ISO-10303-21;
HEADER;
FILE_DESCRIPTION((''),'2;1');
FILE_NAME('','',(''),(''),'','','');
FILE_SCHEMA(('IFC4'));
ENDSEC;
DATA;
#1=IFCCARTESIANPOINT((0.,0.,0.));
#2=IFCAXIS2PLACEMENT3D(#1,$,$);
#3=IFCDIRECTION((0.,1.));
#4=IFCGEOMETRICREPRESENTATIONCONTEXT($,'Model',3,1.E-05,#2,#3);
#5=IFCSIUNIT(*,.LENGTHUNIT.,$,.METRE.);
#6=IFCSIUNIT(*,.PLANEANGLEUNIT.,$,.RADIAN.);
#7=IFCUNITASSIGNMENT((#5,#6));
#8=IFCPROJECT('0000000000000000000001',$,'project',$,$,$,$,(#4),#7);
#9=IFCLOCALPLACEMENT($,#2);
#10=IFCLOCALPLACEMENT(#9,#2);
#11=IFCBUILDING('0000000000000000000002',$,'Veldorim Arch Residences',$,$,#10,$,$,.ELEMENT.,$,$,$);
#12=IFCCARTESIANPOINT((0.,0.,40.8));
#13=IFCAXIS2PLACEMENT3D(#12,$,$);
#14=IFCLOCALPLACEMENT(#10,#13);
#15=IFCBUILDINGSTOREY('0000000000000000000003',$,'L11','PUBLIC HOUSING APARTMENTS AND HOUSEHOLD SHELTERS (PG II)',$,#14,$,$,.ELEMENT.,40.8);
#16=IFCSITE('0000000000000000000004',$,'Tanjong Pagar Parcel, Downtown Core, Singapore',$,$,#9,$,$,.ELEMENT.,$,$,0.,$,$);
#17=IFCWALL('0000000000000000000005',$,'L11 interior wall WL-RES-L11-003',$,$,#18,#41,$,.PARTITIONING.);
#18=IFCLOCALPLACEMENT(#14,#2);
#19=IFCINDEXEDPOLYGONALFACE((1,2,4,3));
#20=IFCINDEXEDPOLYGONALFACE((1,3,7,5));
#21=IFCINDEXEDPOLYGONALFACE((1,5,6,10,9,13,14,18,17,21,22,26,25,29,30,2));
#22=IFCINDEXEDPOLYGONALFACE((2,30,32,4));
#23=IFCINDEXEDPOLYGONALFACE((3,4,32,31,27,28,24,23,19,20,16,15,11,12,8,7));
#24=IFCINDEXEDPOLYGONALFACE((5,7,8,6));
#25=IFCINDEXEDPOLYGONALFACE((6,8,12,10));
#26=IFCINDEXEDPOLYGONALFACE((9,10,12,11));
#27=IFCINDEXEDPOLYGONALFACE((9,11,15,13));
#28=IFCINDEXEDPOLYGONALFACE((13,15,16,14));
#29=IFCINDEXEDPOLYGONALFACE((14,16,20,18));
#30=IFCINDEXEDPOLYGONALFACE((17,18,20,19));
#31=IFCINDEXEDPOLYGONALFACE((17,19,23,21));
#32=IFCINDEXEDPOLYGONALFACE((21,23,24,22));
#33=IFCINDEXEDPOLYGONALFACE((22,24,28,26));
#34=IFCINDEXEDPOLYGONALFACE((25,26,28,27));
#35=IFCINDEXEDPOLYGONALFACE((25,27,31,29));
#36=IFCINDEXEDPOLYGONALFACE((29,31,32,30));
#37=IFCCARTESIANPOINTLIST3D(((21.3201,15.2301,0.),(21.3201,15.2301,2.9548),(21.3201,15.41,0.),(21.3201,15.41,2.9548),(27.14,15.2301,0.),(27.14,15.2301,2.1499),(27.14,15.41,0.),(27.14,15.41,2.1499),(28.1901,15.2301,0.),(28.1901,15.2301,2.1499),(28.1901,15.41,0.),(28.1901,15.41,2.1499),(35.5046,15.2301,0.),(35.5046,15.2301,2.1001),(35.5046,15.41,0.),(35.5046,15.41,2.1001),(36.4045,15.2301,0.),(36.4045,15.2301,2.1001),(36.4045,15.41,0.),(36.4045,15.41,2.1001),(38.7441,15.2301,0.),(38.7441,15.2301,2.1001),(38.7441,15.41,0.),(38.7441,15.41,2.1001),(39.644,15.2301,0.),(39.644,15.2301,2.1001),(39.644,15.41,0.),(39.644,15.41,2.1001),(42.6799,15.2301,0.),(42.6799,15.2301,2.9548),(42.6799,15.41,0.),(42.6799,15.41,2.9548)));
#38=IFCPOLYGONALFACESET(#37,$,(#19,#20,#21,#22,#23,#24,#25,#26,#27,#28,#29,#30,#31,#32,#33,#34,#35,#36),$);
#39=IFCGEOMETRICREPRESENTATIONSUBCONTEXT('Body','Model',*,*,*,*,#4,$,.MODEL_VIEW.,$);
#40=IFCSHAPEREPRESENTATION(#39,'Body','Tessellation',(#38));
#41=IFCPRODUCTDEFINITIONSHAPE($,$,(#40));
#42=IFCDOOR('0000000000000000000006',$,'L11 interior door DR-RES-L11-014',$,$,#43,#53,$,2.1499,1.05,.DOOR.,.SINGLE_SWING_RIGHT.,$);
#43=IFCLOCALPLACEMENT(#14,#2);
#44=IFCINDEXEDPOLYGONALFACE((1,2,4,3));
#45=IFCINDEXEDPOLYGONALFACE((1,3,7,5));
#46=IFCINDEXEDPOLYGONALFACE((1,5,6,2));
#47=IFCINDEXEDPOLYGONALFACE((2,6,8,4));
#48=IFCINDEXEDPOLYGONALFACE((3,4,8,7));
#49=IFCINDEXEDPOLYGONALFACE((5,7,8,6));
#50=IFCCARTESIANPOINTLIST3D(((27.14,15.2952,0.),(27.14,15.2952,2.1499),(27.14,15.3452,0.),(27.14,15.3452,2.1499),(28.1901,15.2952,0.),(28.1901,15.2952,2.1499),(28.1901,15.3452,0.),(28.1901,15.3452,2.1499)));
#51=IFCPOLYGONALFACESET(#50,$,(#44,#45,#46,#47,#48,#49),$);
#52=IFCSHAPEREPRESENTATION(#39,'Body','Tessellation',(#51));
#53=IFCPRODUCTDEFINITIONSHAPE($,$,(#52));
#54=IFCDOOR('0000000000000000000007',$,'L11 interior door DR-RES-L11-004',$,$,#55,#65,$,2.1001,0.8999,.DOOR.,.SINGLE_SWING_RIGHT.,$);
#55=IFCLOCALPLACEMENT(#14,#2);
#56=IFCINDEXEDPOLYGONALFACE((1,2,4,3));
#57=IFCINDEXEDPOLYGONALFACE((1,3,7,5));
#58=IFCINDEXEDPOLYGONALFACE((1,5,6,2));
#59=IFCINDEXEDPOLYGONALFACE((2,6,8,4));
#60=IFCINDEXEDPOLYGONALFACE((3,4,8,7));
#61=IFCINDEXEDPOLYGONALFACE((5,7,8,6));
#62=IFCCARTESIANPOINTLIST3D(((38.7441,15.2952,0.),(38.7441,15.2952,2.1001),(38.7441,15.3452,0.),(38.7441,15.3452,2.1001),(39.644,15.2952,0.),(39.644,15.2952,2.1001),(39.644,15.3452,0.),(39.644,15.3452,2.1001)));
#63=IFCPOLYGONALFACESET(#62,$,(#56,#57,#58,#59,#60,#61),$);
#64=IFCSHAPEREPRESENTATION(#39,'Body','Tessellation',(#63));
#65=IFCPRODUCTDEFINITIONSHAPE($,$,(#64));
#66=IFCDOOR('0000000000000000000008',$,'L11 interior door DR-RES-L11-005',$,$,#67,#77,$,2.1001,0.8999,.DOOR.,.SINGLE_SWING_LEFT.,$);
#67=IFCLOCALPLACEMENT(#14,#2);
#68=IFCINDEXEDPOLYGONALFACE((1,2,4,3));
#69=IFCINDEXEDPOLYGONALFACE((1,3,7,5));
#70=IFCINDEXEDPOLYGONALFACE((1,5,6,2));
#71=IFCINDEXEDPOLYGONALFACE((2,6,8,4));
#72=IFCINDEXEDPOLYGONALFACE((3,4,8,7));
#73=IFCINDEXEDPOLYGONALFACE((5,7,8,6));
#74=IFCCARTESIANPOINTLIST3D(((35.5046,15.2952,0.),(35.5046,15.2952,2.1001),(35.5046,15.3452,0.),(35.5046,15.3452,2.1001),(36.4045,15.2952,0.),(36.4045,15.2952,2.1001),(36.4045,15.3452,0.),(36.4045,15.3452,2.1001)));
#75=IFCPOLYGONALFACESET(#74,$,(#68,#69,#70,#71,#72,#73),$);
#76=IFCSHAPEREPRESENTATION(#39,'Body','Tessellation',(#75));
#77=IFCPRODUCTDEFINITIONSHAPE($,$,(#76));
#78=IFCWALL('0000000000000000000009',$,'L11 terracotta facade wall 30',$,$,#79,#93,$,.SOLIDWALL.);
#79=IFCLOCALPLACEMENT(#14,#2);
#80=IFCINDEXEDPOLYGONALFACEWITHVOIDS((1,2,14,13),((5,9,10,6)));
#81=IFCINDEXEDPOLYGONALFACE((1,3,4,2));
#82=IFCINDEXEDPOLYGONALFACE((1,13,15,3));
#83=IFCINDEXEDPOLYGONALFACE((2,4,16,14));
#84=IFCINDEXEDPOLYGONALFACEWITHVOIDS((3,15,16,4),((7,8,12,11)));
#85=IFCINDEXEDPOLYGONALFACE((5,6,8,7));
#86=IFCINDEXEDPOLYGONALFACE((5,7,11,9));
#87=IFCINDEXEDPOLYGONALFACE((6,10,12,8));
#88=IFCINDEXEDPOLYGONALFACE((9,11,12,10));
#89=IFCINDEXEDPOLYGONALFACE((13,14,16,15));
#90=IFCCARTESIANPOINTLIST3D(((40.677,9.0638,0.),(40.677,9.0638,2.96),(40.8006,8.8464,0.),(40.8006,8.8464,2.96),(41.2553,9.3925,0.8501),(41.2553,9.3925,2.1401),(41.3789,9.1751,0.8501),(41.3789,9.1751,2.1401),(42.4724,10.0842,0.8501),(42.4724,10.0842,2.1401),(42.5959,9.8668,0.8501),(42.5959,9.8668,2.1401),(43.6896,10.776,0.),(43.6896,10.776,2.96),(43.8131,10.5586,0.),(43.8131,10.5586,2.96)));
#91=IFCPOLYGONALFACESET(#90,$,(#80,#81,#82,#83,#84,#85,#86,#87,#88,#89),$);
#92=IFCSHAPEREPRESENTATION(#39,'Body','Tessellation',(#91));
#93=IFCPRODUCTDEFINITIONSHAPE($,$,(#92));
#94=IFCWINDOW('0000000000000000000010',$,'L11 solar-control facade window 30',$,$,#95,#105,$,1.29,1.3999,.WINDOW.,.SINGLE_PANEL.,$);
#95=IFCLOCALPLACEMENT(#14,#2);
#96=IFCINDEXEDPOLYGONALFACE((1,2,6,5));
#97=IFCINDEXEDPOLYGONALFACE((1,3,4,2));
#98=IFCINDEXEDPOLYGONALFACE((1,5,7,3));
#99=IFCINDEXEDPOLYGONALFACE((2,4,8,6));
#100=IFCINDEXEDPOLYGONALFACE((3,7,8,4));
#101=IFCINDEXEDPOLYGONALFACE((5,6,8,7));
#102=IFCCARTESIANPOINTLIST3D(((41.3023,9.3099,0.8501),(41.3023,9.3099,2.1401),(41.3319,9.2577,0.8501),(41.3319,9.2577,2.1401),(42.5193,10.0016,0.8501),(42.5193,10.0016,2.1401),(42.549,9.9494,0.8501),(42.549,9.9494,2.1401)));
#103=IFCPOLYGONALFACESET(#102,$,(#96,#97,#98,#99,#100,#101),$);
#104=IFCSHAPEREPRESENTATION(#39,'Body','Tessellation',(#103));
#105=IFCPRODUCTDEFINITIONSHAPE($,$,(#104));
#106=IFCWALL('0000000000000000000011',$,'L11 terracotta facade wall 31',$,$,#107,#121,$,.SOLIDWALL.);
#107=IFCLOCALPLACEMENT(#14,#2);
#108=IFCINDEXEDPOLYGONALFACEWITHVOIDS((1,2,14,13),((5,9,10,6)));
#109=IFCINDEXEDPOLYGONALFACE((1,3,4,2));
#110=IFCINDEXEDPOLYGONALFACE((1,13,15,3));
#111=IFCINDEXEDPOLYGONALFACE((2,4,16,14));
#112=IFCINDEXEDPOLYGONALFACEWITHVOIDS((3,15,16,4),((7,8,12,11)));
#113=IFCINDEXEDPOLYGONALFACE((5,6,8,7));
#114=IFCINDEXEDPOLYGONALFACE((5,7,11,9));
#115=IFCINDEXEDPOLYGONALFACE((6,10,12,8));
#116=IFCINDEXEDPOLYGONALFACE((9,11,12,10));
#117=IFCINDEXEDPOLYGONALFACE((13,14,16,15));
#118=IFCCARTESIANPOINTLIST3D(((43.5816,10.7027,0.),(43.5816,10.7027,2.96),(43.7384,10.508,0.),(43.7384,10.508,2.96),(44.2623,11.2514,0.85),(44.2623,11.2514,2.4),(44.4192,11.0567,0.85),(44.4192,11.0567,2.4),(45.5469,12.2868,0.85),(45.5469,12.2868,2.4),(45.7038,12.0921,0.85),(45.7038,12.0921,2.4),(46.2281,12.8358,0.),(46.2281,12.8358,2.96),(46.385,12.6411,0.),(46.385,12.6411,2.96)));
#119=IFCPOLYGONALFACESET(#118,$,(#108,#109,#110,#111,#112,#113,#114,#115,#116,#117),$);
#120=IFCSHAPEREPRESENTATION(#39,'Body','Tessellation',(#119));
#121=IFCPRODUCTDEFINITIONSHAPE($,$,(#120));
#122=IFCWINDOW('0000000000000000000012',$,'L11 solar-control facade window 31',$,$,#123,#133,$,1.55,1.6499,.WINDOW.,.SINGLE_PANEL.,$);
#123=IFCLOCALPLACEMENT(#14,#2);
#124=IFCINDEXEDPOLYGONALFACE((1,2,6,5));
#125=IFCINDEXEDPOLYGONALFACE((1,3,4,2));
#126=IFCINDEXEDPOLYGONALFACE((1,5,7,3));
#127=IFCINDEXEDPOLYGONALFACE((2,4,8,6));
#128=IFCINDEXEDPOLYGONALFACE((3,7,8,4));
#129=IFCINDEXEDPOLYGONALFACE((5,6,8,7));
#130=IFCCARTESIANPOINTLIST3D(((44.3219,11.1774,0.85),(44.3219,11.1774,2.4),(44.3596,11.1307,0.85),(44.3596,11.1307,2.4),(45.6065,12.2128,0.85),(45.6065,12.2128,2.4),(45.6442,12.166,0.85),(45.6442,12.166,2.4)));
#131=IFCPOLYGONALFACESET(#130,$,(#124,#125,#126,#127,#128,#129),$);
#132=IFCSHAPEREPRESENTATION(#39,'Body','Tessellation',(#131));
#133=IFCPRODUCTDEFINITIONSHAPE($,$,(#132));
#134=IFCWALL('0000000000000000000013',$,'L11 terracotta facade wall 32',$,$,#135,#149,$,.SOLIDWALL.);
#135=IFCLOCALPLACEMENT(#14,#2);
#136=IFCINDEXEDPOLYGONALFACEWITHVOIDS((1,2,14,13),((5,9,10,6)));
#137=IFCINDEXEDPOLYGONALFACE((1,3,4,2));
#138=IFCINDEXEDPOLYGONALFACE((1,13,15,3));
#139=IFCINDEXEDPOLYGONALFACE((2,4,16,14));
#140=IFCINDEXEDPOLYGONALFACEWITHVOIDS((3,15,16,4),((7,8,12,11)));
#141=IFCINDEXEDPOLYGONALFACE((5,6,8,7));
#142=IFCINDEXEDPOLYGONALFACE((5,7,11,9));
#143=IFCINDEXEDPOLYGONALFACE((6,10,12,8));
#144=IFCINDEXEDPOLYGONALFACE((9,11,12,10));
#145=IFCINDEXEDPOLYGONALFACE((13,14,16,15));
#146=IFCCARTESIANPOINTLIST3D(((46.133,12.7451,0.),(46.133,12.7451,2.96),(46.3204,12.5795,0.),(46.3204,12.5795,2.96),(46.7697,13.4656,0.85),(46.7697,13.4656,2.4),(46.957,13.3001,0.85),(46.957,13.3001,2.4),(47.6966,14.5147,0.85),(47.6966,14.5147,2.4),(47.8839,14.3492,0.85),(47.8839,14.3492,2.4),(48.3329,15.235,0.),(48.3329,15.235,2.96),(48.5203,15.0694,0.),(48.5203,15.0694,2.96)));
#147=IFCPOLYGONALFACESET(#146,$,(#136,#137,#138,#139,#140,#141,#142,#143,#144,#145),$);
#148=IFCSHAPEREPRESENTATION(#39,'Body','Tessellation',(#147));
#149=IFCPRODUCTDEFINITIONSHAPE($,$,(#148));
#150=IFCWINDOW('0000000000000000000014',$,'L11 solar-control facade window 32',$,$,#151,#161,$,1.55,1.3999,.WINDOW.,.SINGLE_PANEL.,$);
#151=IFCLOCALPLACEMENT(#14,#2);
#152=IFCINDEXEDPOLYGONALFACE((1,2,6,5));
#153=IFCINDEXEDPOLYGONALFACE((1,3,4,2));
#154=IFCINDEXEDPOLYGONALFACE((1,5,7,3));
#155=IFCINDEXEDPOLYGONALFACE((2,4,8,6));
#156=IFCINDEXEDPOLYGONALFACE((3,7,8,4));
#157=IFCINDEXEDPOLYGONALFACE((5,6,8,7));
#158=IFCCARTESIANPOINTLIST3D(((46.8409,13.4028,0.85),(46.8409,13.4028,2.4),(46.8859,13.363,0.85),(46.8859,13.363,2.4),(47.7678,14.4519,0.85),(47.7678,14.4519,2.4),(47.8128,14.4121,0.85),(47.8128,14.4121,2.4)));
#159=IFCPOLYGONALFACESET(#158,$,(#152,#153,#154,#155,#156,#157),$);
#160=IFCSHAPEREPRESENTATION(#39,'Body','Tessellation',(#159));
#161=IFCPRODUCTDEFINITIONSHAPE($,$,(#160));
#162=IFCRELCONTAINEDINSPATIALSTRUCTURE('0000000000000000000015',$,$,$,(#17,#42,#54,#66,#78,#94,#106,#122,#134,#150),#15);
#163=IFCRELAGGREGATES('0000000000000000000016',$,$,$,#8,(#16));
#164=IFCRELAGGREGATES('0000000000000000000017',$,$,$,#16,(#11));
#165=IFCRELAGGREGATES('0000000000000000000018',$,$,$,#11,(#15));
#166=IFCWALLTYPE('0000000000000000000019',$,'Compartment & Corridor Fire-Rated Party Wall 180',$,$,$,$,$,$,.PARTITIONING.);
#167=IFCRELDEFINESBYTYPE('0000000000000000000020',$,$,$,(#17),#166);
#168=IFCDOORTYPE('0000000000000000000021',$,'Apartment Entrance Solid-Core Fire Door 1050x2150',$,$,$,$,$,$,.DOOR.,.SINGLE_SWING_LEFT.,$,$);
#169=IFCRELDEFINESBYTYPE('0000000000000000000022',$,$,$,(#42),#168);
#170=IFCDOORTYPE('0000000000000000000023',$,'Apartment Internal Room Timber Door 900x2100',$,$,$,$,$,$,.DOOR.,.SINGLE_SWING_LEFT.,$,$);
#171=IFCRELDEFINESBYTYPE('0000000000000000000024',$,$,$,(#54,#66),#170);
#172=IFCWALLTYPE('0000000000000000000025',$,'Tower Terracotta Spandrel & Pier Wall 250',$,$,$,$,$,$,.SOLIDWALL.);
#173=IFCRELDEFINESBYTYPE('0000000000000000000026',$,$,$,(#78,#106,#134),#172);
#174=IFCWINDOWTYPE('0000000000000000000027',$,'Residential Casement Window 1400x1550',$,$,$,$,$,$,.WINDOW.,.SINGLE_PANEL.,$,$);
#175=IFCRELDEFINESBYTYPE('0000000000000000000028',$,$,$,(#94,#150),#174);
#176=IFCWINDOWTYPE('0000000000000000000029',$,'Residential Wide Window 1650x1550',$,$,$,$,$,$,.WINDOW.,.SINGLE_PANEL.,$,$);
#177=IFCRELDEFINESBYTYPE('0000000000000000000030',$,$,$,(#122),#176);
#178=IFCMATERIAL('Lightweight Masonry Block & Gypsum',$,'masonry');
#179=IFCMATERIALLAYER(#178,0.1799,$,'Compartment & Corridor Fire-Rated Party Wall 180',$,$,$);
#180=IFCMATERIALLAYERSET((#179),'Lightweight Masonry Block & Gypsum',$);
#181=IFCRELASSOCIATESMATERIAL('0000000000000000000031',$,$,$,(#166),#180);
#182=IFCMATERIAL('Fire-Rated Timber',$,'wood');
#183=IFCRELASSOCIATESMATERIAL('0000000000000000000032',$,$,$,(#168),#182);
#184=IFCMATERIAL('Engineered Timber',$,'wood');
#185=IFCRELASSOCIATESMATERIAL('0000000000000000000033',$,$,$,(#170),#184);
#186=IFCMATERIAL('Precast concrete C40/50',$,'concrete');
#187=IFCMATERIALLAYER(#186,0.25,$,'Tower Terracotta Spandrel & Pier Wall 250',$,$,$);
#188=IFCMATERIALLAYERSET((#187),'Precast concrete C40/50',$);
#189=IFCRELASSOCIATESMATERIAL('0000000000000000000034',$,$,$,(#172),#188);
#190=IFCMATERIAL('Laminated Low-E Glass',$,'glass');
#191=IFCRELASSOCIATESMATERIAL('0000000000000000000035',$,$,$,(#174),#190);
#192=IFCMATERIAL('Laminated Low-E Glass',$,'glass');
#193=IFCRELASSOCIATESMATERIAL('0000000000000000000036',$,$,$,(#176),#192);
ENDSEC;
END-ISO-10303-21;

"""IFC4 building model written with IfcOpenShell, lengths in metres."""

from ifc_helpers import new_model, si_unit, direction, frame, frame_2d, origin, place, context, subcontext, project, spatial, rectangle, extrude, material, layer, layer_set, type_object, element, fill, save


model = new_model("IFC4")

# Units and contexts
model_context = context("Model", 3, precision=1e-05, world=origin(), true_north=direction((0.0, 1.0)))
body_context = subcontext(model_context, "Body", "Model", "MODEL_VIEW")
ifc_project = project(units=[si_unit("LENGTHUNIT", "METRE"), si_unit("PLANEANGLEUNIT", "RADIAN")], contexts=[model_context])

# Site, building, storey
site_placement = place(None, origin())
site = spatial("IfcSite", under=ifc_project, at=site_placement, Name="Tanjong Pagar Parcel, Downtown Core, Singapore", CompositionType="ELEMENT", RefElevation=0.0)
building_placement = place(site_placement, origin())
building = spatial("IfcBuilding", under=site, at=building_placement, Name="Veldorim Arch Residences", CompositionType="ELEMENT")
storey_placement = place(building_placement, frame((0.0, 0.0, 40.8)))
storey = spatial("IfcBuildingStorey", under=building, at=storey_placement, Name="L11", Description="PUBLIC HOUSING APARTMENTS AND HOUSEHOLD SHELTERS (PG II)", CompositionType="ELEMENT", Elevation=40.8)

# Shared definitions
ifc_material_1 = material(Name="Lightweight Masonry Block & Gypsum", Category="masonry")
ifc_layer_1 = layer(ifc_material_1, 0.1799, Name="Compartment & Corridor Fire-Rated Party Wall 180")
ifc_layer_set_1 = layer_set([ifc_layer_1], Name="Lightweight Masonry Block & Gypsum")
wall_type_1 = type_object("IfcWallType", Name="Compartment & Corridor Fire-Rated Party Wall 180", PredefinedType="PARTITIONING", material=ifc_layer_set_1)

# Wall, openings, doors
wall_1_placement = place(storey_placement, frame((42.6799, 15.3201, 0.0), z_axis=(0.0, 0.0, 1.0), x_axis=(-1.0, 0.0, 0.0)))
wall_1 = element("IfcWall", 1, at=wall_1_placement, inside=storey, type_object=wall_type_1, Name="L11 interior wall WL-RES-L11-003", PredefinedType="PARTITIONING", context=body_context, shape_type="SweptSolid", body=[
    extrude(rectangle(XDim=21.3599, YDim=0.1799, at=frame_2d((10.6799, 0.0))), origin(), (0.0, 0.0, 1.0), 2.9548),
])
opening_1_placement = place(wall_1_placement, frame((3.0359, 0.0, 0.0)))
opening_1 = element("IfcOpeningElement", 2, at=opening_1_placement, cuts=wall_1, PredefinedType="OPENING", context=body_context, shape_type="SweptSolid", body=[
    extrude(rectangle(XDim=0.8999, YDim=2.1001, at=frame_2d((0.45, 1.05))), frame((0.0, 0.0999, 0.0), z_axis=(0.0, -1.0, 0.0), x_axis=(1.0, 0.0, 0.0)), (0.0, 0.0, 1.0), 0.2),
])
opening_2_placement = place(wall_1_placement, frame((6.2754, 0.0, 0.0)))
opening_2 = element("IfcOpeningElement", 3, at=opening_2_placement, cuts=wall_1, PredefinedType="OPENING", context=body_context, shape_type="SweptSolid", body=[
    extrude(rectangle(XDim=0.8999, YDim=2.1001, at=frame_2d((0.45, 1.05))), frame((0.0, 0.0999, 0.0), z_axis=(0.0, -1.0, 0.0), x_axis=(1.0, 0.0, 0.0)), (0.0, 0.0, 1.0), 0.2),
])
opening_3_placement = place(wall_1_placement, frame((14.49, 0.0, 0.0)))
opening_3 = element("IfcOpeningElement", 4, at=opening_3_placement, cuts=wall_1, PredefinedType="OPENING", context=body_context, shape_type="SweptSolid", body=[
    extrude(rectangle(XDim=1.05, YDim=2.1499, at=frame_2d((0.5249, 1.075))), frame((0.0, 0.0999, 0.0), z_axis=(0.0, -1.0, 0.0), x_axis=(1.0, 0.0, 0.0)), (0.0, 0.0, 1.0), 0.2),
])
ifc_material_2 = material(Name="Fire-Rated Timber", Category="wood")
door_type_1 = type_object("IfcDoorType", Name="Apartment Entrance Solid-Core Fire Door 1050x2150", OperationType="SINGLE_SWING_LEFT", PredefinedType="DOOR", material=ifc_material_2)
door_1_placement = place(opening_3_placement, origin())
door_1 = element("IfcDoor", 5, at=door_1_placement, inside=storey, type_object=door_type_1, Name="L11 interior door DR-RES-L11-014", OperationType="SINGLE_SWING_RIGHT", OverallHeight=2.1499, OverallWidth=1.05, PredefinedType="DOOR", context=body_context, shape_type="SweptSolid", body=[
    extrude(rectangle(XDim=1.05, YDim=2.1499, at=frame_2d((0.5249, 1.075))), frame((0.0, 0.0249, 0.0), z_axis=(0.0, -1.0, 0.0), x_axis=(1.0, 0.0, 0.0)), (0.0, 0.0, 1.0), 0.05),
])
fill(opening_3, door_1)
ifc_material_3 = material(Name="Engineered Timber", Category="wood")
door_type_2 = type_object("IfcDoorType", Name="Apartment Internal Room Timber Door 900x2100", OperationType="SINGLE_SWING_LEFT", PredefinedType="DOOR", material=ifc_material_3)
door_2_placement = place(opening_1_placement, origin())
door_2 = element("IfcDoor", 6, at=door_2_placement, inside=storey, type_object=door_type_2, Name="L11 interior door DR-RES-L11-004", OperationType="SINGLE_SWING_RIGHT", OverallHeight=2.1001, OverallWidth=0.8999, PredefinedType="DOOR", context=body_context, shape_type="SweptSolid", body=[
    extrude(rectangle(XDim=0.8999, YDim=2.1001, at=frame_2d((0.45, 1.05))), frame((0.0, 0.0249, 0.0), z_axis=(0.0, -1.0, 0.0), x_axis=(1.0, 0.0, 0.0)), (0.0, 0.0, 1.0), 0.05),
])
fill(opening_1, door_2)
door_3_placement = place(opening_2_placement, origin())
door_3 = element("IfcDoor", 7, at=door_3_placement, inside=storey, type_object=door_type_2, Name="L11 interior door DR-RES-L11-005", OperationType="SINGLE_SWING_LEFT", OverallHeight=2.1001, OverallWidth=0.8999, PredefinedType="DOOR", context=body_context, shape_type="SweptSolid", body=[
    extrude(rectangle(XDim=0.8999, YDim=2.1001, at=frame_2d((0.45, 1.05))), frame((0.0, 0.0249, 0.0), z_axis=(0.0, -1.0, 0.0), x_axis=(1.0, 0.0, 0.0)), (0.0, 0.0, 1.0), 0.05),
])
fill(opening_2, door_3)

# Walls, openings, windows
ifc_material_4 = material(Name="Precast concrete C40/50", Category="concrete")
ifc_layer_2 = layer(ifc_material_4, 0.25, Name="Tower Terracotta Spandrel & Pier Wall 250")
ifc_layer_set_2 = layer_set([ifc_layer_2], Name="Precast concrete C40/50")
wall_type_2 = type_object("IfcWallType", Name="Tower Terracotta Spandrel & Pier Wall 250", PredefinedType="SOLIDWALL", material=ifc_layer_set_2)
wall_2_placement = place(storey_placement, frame((43.7512, 10.6672, 0.0), z_axis=(0.0, 0.0, 1.0), x_axis=(-0.86939, -0.494127, 0.0)))
wall_2 = element("IfcWall", 8, at=wall_2_placement, inside=storey, type_object=wall_type_2, Name="L11 terracotta facade wall 30", PredefinedType="SOLIDWALL", context=body_context, shape_type="SweptSolid", body=[
    extrude(rectangle(XDim=3.4651, YDim=0.25, at=frame_2d((1.7324, 0.0))), origin(), (0.0, 0.0, 1.0), 2.96),
])
opening_4_placement = place(wall_2_placement, frame((1.3999, 0.0, 0.8501)))
opening_4 = element("IfcOpeningElement", 9, at=opening_4_placement, cuts=wall_2, PredefinedType="OPENING", context=body_context, shape_type="SweptSolid", body=[
    extrude(rectangle(XDim=1.3999, YDim=1.29, at=frame_2d((0.7, 0.645))), frame((0.0, 0.135, 0.0), z_axis=(0.0, -1.0, 0.0), x_axis=(1.0, 0.0, 0.0)), (0.0, 0.0, 1.0), 0.27),
])
ifc_material_5 = material(Name="Laminated Low-E Glass", Category="glass")
window_type_1 = type_object("IfcWindowType", Name="Residential Casement Window 1400x1550", PartitioningType="SINGLE_PANEL", PredefinedType="WINDOW", material=ifc_material_5)
window_1_placement = place(opening_4_placement, origin())
window_1 = element("IfcWindow", 10, at=window_1_placement, inside=storey, type_object=window_type_1, Name="L11 solar-control facade window 30", OverallHeight=1.29, OverallWidth=1.3999, PartitioningType="SINGLE_PANEL", PredefinedType="WINDOW", context=body_context, shape_type="SweptSolid", body=[
    extrude(rectangle(XDim=1.3999, YDim=1.29, at=frame_2d((0.7, 0.645))), frame((0.0, 0.03, 0.0), z_axis=(0.0, -1.0, 0.0), x_axis=(1.0, 0.0, 0.0)), (0.0, 0.0, 1.0), 0.0601),
])
fill(opening_4, window_1)
wall_3_placement = place(storey_placement, frame((46.3066, 12.7385, 0.0), z_axis=(0.0, 0.0, 1.0), x_axis=(-0.778586, -0.627538, 0.0)))
wall_3 = element("IfcWall", 11, at=wall_3_placement, inside=storey, type_object=wall_type_2, Name="L11 terracotta facade wall 31", PredefinedType="SOLIDWALL", context=body_context, shape_type="SweptSolid", body=[
    extrude(rectangle(XDim=3.3992, YDim=0.25, at=frame_2d((1.6997, 0.0))), origin(), (0.0, 0.0, 1.0), 2.96),
])
opening_5_placement = place(wall_3_placement, frame((0.875, 0.0, 0.8501)))
opening_5 = element("IfcOpeningElement", 12, at=opening_5_placement, cuts=wall_3, PredefinedType="OPENING", context=body_context, shape_type="SweptSolid", body=[
    extrude(rectangle(XDim=1.6499, YDim=1.55, at=frame_2d((0.825, 0.7749))), frame((0.0, 0.135, 0.0), z_axis=(0.0, -1.0, 0.0), x_axis=(1.0, 0.0, 0.0)), (0.0, 0.0, 1.0), 0.27),
])
ifc_material_6 = material(Name="Laminated Low-E Glass", Category="glass")
window_type_2 = type_object("IfcWindowType", Name="Residential Wide Window 1650x1550", PartitioningType="SINGLE_PANEL", PredefinedType="WINDOW", material=ifc_material_6)
window_2_placement = place(opening_5_placement, origin())
window_2 = element("IfcWindow", 13, at=window_2_placement, inside=storey, type_object=window_type_2, Name="L11 solar-control facade window 31", OverallHeight=1.55, OverallWidth=1.6499, PartitioningType="SINGLE_PANEL", PredefinedType="WINDOW", context=body_context, shape_type="SweptSolid", body=[
    extrude(rectangle(XDim=1.6499, YDim=1.55, at=frame_2d((0.825, 0.7749))), frame((0.0, 0.03, 0.0), z_axis=(0.0, -1.0, 0.0), x_axis=(1.0, 0.0, 0.0)), (0.0, 0.0, 1.0), 0.0601),
])
fill(opening_5, window_2)
wall_4_placement = place(storey_placement, frame((48.4265, 15.1521, 0.0), z_axis=(0.0, 0.0, 1.0), x_axis=(-0.662112, -0.749405, 0.0)))
wall_4 = element("IfcWall", 14, at=wall_4_placement, inside=storey, type_object=wall_type_2, Name="L11 terracotta facade wall 32", PredefinedType="SOLIDWALL", context=body_context, shape_type="SweptSolid", body=[
    extrude(rectangle(XDim=3.3225, YDim=0.25, at=frame_2d((1.6611, 0.0))), origin(), (0.0, 0.0, 1.0), 2.96),
])
opening_6_placement = place(wall_4_placement, frame((0.9609, 0.0, 0.8501)))
opening_6 = element("IfcOpeningElement", 15, at=opening_6_placement, cuts=wall_4, PredefinedType="OPENING", context=body_context, shape_type="SweptSolid", body=[
    extrude(rectangle(XDim=1.3999, YDim=1.55, at=frame_2d((0.7, 0.7749))), frame((0.0, 0.135, 0.0), z_axis=(0.0, -1.0, 0.0), x_axis=(1.0, 0.0, 0.0)), (0.0, 0.0, 1.0), 0.27),
])
window_3_placement = place(opening_6_placement, origin())
window_3 = element("IfcWindow", 16, at=window_3_placement, inside=storey, type_object=window_type_1, Name="L11 solar-control facade window 32", OverallHeight=1.55, OverallWidth=1.3999, PartitioningType="SINGLE_PANEL", PredefinedType="WINDOW", context=body_context, shape_type="SweptSolid", body=[
    extrude(rectangle(XDim=1.3999, YDim=1.55, at=frame_2d((0.7, 0.7749))), frame((0.0, 0.03, 0.0), z_axis=(0.0, -1.0, 0.0), x_axis=(1.0, 0.0, 0.0)), (0.0, 0.0, 1.0), 0.0601),
])
fill(opening_6, window_3)

save(model, "model.ifc")
